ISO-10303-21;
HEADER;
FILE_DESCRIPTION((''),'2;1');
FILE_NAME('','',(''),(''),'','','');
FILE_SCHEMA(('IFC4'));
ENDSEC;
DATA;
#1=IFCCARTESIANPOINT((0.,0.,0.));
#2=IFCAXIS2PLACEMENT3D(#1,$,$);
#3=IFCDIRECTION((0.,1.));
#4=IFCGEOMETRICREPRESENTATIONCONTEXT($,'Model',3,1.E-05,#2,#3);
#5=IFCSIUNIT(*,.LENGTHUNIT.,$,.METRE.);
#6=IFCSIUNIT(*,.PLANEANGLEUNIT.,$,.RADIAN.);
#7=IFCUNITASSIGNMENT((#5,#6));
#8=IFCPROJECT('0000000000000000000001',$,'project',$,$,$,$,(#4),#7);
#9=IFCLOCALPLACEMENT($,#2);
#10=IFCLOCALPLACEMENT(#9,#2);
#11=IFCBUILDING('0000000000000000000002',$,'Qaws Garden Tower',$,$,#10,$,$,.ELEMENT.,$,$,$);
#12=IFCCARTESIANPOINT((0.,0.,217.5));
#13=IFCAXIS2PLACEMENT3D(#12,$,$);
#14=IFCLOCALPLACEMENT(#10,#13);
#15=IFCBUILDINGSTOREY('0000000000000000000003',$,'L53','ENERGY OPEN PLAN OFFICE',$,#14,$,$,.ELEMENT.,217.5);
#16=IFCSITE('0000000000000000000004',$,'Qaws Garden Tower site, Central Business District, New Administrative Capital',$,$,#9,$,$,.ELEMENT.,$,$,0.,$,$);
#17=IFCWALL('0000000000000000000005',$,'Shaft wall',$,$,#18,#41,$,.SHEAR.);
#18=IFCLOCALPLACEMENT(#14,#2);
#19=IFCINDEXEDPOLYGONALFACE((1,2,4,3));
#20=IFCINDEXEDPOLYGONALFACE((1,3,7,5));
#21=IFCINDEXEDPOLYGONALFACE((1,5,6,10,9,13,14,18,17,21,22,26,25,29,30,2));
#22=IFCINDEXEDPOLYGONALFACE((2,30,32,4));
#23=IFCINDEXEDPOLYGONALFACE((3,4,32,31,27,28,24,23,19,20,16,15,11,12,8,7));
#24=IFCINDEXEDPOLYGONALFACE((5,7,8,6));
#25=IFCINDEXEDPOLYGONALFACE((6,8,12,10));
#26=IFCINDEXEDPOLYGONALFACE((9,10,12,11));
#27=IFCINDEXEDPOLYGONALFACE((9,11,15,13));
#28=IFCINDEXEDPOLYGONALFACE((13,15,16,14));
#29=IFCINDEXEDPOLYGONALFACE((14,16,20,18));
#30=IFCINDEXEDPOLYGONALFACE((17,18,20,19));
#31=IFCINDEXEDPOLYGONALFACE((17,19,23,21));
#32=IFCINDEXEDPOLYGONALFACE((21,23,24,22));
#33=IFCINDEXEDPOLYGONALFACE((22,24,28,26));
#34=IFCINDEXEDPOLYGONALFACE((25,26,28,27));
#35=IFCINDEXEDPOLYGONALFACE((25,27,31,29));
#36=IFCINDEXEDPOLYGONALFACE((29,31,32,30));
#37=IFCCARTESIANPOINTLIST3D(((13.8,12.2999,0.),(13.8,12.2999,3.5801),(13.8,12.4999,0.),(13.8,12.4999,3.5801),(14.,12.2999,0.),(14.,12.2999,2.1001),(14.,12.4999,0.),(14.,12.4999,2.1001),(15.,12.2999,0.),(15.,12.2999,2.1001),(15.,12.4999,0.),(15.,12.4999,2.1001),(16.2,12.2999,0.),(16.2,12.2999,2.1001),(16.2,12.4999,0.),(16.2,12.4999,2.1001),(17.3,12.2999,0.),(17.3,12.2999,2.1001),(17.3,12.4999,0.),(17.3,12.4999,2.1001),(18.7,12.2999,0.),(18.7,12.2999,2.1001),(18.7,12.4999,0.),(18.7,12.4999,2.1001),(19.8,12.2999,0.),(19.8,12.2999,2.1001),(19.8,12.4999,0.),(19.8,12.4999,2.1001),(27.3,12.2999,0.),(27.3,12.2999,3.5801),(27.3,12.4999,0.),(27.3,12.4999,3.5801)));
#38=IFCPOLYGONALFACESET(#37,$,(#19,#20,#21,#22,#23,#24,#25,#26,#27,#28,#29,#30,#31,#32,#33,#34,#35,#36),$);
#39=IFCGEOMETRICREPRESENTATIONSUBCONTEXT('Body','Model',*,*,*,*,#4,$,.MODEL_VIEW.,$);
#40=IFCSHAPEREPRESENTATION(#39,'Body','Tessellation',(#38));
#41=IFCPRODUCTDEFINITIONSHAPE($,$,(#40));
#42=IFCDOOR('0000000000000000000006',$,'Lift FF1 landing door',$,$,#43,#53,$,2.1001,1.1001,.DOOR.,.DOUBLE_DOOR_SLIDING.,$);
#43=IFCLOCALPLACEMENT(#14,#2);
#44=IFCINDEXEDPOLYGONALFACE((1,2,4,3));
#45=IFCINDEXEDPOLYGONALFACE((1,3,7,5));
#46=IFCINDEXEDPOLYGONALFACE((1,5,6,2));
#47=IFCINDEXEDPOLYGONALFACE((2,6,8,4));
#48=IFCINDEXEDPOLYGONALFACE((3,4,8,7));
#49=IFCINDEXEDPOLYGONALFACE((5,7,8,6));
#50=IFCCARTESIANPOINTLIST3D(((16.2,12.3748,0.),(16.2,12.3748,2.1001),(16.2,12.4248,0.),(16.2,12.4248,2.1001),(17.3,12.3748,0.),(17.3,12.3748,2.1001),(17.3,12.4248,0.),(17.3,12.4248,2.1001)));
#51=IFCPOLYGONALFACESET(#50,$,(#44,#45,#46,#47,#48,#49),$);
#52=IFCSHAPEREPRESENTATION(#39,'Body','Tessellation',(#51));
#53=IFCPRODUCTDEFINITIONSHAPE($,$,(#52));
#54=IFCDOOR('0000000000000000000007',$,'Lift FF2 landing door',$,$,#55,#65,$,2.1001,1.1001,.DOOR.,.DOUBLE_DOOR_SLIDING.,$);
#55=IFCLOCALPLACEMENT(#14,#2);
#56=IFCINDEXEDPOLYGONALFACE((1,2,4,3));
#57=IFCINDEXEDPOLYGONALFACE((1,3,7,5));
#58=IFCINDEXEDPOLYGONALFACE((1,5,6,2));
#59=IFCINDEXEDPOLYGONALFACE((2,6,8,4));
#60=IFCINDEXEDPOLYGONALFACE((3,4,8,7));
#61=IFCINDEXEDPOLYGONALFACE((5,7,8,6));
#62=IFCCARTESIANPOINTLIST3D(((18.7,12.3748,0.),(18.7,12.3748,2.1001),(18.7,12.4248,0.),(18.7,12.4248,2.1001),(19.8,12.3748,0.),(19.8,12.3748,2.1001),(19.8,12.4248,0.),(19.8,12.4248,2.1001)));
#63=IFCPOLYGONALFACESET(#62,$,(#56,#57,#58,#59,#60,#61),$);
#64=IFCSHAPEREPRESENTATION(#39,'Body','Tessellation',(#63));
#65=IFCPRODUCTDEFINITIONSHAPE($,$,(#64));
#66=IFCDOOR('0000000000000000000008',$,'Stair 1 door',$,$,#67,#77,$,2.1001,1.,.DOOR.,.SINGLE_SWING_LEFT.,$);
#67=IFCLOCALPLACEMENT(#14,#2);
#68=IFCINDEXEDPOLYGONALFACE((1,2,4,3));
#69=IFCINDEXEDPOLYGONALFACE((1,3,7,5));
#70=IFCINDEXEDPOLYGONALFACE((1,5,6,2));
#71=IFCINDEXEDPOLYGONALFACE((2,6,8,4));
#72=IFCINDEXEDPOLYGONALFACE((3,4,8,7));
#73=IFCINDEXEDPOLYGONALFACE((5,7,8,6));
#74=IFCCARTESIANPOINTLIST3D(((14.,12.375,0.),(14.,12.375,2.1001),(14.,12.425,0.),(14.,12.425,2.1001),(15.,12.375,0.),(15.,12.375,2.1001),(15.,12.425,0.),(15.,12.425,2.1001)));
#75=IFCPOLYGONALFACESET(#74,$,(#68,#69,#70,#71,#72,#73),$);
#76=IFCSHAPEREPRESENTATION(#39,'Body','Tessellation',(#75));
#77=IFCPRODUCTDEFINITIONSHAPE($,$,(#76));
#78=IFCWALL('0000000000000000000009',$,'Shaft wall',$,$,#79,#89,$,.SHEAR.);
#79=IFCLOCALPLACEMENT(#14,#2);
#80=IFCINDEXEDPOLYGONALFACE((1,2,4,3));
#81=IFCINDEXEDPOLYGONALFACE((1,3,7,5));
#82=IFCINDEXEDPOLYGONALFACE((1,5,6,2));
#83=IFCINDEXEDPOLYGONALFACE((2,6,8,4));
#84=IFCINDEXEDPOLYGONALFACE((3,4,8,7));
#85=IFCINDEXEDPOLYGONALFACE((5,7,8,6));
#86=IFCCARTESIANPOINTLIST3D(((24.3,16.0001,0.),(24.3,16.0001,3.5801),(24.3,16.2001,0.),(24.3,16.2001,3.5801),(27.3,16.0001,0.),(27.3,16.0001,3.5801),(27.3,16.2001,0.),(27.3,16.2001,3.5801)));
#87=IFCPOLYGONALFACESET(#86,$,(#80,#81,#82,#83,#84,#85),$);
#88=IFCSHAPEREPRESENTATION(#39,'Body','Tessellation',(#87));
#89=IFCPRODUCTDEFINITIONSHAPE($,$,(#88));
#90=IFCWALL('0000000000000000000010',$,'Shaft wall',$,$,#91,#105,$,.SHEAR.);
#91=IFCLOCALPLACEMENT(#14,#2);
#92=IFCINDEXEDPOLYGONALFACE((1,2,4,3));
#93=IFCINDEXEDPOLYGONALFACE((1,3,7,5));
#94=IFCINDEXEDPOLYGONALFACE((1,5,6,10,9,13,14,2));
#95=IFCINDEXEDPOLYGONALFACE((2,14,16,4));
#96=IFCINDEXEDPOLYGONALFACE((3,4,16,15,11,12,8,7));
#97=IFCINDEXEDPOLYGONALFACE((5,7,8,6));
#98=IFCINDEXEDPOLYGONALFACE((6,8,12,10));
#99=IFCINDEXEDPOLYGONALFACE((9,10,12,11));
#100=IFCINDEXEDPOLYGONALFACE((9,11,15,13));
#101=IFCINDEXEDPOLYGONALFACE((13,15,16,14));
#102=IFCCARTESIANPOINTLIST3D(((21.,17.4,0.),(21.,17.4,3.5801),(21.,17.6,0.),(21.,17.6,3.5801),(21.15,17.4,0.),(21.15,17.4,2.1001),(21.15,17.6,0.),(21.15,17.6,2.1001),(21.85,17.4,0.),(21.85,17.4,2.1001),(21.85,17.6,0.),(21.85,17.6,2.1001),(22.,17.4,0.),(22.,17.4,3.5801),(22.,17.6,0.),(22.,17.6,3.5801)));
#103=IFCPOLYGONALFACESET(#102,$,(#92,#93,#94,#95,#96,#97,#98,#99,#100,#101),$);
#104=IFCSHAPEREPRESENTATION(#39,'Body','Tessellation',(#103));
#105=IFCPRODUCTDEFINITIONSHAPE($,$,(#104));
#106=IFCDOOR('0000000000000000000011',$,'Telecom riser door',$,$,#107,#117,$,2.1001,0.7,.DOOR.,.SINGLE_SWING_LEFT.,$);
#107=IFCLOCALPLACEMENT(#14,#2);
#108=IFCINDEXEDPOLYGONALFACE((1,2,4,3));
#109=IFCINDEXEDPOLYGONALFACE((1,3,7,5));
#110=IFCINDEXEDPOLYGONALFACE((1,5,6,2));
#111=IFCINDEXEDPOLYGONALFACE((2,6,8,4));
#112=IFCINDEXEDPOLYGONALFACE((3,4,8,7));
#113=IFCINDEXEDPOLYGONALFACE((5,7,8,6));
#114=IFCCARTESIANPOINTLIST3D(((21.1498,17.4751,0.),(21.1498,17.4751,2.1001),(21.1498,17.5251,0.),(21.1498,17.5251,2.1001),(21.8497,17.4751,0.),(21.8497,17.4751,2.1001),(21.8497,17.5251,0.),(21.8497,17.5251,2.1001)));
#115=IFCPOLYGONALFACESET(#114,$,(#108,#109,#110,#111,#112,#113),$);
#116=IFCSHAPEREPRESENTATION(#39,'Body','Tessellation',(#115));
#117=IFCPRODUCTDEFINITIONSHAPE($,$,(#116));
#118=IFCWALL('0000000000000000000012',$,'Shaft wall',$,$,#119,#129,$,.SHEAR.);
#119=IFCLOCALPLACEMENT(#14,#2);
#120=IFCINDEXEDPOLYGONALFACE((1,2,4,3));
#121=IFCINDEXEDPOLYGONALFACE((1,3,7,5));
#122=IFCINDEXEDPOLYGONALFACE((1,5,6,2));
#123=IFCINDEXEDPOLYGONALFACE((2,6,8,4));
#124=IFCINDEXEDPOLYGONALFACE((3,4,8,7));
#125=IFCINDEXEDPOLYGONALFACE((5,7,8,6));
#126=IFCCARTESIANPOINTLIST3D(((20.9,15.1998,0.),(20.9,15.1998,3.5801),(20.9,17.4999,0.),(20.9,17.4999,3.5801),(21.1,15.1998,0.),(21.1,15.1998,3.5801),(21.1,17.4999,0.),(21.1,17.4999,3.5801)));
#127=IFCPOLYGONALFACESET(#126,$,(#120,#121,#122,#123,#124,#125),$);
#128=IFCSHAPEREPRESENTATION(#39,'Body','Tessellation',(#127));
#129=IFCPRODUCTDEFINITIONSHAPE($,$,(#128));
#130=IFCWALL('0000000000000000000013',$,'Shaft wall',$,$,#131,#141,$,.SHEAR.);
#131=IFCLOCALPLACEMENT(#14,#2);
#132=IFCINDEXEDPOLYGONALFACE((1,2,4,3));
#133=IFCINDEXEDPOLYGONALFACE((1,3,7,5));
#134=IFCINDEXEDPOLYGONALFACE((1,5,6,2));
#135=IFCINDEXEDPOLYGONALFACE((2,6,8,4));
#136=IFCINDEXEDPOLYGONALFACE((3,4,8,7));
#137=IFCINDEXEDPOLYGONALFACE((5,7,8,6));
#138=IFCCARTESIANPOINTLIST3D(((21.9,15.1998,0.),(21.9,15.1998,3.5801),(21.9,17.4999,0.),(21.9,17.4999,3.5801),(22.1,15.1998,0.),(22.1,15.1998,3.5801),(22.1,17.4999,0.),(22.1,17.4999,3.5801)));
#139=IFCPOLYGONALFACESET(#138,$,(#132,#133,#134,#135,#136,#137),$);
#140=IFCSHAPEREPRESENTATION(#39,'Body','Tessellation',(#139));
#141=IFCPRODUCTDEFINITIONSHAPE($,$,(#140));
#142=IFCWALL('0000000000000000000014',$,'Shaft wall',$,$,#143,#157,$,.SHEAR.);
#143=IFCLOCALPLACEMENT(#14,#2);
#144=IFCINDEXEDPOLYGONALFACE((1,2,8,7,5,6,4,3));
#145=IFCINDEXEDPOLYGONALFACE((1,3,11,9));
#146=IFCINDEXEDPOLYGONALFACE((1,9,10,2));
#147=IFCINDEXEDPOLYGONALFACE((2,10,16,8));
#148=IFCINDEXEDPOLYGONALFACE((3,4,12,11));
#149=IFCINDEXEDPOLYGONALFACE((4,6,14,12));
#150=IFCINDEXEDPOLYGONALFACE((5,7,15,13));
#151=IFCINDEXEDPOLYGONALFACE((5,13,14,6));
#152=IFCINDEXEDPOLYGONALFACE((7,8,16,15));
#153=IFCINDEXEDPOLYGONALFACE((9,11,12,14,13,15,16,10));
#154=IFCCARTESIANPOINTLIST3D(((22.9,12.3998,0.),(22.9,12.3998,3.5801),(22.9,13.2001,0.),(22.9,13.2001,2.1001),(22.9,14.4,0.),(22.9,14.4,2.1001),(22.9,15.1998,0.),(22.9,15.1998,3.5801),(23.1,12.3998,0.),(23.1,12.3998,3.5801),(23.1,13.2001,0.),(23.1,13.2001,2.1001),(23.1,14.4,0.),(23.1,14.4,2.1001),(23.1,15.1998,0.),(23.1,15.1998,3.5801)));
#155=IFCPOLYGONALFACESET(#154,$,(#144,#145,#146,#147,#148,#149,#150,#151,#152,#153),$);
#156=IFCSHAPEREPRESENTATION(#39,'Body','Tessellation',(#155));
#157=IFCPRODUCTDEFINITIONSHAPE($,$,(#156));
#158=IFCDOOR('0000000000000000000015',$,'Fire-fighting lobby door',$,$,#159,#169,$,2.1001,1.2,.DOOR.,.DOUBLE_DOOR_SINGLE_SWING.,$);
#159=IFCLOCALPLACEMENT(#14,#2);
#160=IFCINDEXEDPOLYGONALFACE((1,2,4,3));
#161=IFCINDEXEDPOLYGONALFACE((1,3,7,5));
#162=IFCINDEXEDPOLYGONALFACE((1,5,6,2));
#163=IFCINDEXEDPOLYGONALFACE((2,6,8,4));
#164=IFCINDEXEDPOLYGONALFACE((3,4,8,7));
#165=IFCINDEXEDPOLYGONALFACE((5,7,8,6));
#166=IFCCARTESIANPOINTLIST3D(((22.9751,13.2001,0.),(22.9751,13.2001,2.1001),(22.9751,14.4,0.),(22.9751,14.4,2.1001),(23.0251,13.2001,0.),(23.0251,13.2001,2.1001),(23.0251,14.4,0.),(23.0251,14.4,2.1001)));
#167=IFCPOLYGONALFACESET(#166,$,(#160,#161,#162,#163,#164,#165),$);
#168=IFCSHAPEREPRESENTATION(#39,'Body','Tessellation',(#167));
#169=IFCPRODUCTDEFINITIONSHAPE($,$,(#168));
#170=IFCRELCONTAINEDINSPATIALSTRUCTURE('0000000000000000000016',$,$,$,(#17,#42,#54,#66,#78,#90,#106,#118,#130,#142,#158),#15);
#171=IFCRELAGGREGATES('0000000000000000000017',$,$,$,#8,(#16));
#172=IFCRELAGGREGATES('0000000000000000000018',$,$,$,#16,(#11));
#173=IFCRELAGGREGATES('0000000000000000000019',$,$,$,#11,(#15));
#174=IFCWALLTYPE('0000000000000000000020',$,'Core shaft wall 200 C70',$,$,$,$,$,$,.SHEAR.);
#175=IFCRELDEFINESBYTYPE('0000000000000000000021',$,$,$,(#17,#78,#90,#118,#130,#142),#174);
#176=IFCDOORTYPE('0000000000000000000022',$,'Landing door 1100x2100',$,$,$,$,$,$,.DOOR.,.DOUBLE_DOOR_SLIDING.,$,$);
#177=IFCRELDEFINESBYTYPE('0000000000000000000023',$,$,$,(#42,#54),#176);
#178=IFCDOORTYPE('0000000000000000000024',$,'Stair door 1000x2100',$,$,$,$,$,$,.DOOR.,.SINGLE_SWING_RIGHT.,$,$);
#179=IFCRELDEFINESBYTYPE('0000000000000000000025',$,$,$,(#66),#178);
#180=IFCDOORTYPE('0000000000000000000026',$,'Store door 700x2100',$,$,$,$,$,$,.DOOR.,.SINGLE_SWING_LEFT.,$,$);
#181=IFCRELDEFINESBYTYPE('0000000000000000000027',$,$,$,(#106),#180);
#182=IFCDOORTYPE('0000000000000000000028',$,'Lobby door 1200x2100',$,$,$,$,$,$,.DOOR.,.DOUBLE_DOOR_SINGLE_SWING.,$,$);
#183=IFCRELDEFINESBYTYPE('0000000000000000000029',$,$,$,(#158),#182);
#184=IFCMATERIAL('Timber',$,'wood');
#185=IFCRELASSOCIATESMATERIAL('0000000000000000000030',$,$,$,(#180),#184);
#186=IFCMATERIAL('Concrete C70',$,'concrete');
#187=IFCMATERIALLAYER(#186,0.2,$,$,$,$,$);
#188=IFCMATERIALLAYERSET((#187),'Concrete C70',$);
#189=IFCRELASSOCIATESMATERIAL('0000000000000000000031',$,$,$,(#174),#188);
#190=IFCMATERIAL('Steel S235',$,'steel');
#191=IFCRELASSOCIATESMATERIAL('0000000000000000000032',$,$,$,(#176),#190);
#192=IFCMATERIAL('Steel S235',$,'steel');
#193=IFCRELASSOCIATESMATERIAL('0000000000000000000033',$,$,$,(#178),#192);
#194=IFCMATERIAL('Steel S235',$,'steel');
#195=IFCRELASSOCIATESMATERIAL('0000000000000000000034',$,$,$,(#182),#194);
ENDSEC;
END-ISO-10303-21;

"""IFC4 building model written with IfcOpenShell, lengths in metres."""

from ifc_helpers import new_model, si_unit, direction, frame, frame_2d, origin, place, context, subcontext, project, spatial, rectangle, extrude, material, layer, layer_set, type_object, element, fill, save


model = new_model("IFC4")

# Units and contexts
model_context = context("Model", 3, precision=1e-05, world=origin(), true_north=direction((0.0, 1.0)))
body_context = subcontext(model_context, "Body", "Model", "MODEL_VIEW")
ifc_project = project(units=[si_unit("LENGTHUNIT", "METRE"), si_unit("PLANEANGLEUNIT", "RADIAN")], contexts=[model_context])

# Site, building, storey
site_placement = place(None, origin())
site = spatial("IfcSite", under=ifc_project, at=site_placement, Name="Qaws Garden Tower site, Central Business District, New Administrative Capital", CompositionType="ELEMENT", RefElevation=0.0)
building_placement = place(site_placement, origin())
building = spatial("IfcBuilding", under=site, at=building_placement, Name="Qaws Garden Tower", CompositionType="ELEMENT")
storey_placement = place(building_placement, frame((0.0, 0.0, 217.5)))
storey = spatial("IfcBuildingStorey", under=building, at=storey_placement, Name="L53", Description="ENERGY OPEN PLAN OFFICE", CompositionType="ELEMENT", Elevation=217.5)

# Shared definitions
ifc_material_1 = material(Name="Timber", Category="wood")
door_type_1 = type_object("IfcDoorType", Name="Store door 700x2100", OperationType="SINGLE_SWING_LEFT", PredefinedType="DOOR", material=ifc_material_1)

# Wall, openings, doors
ifc_material_2 = material(Name="Concrete C70", Category="concrete")
ifc_layer_1 = layer(ifc_material_2, 0.2)
ifc_layer_set_1 = layer_set([ifc_layer_1], Name="Concrete C70")
wall_type_1 = type_object("IfcWallType", Name="Core shaft wall 200 C70", PredefinedType="SHEAR", material=ifc_layer_set_1)
wall_1_placement = place(storey_placement, frame((13.8, 12.3999, 0.0), z_axis=(0.0, 0.0, 1.0), x_axis=(1.0, 0.0, 0.0)))
wall_1 = element("IfcWall", 1, at=wall_1_placement, inside=storey, type_object=wall_type_1, Name="Shaft wall", PredefinedType="SHEAR", context=body_context, shape_type="SweptSolid", body=[
    extrude(rectangle(XDim=13.5, YDim=0.2, at=frame_2d((6.75, 0.0))), origin(), (0.0, 0.0, 1.0), 3.5801),
])
opening_1_placement = place(wall_1_placement, frame((2.3999, 0.0, 0.0)))
opening_1 = element("IfcOpeningElement", 2, at=opening_1_placement, cuts=wall_1, PredefinedType="OPENING", context=body_context, shape_type="SweptSolid", body=[
    extrude(rectangle(XDim=1.1001, YDim=2.1001, at=frame_2d((0.55, 1.05))), frame((0.0, 0.1099, 0.0), z_axis=(0.0, -1.0, 0.0), x_axis=(1.0, 0.0, 0.0)), (0.0, 0.0, 1.0), 0.22),
])
opening_2_placement = place(wall_1_placement, frame((4.8999, 0.0, 0.0)))
opening_2 = element("IfcOpeningElement", 3, at=opening_2_placement, cuts=wall_1, PredefinedType="OPENING", context=body_context, shape_type="SweptSolid", body=[
    extrude(rectangle(XDim=1.1001, YDim=2.1001, at=frame_2d((0.55, 1.05))), frame((0.0, 0.1099, 0.0), z_axis=(0.0, -1.0, 0.0), x_axis=(1.0, 0.0, 0.0)), (0.0, 0.0, 1.0), 0.22),
])
opening_3_placement = place(wall_1_placement, frame((0.2, 0.0, 0.0)))
opening_3 = element("IfcOpeningElement", 4, at=opening_3_placement, cuts=wall_1, PredefinedType="OPENING", context=body_context, shape_type="SweptSolid", body=[
    extrude(rectangle(XDim=1.0, YDim=2.1001, at=frame_2d((0.5, 1.05))), frame((0.0, 0.1099, 0.0), z_axis=(0.0, -1.0, 0.0), x_axis=(1.0, 0.0, 0.0)), (0.0, 0.0, 1.0), 0.22),
])
ifc_material_3 = material(Name="Steel S235", Category="steel")
door_type_2 = type_object("IfcDoorType", Name="Landing door 1100x2100", OperationType="DOUBLE_DOOR_SLIDING", PredefinedType="DOOR", material=ifc_material_3)
door_1_placement = place(opening_1_placement, origin())
door_1 = element("IfcDoor", 5, at=door_1_placement, inside=storey, type_object=door_type_2, Name="Lift FF1 landing door", OperationType="DOUBLE_DOOR_SLIDING", OverallHeight=2.1001, OverallWidth=1.1001, PredefinedType="DOOR", context=body_context, shape_type="SweptSolid", body=[
    extrude(rectangle(XDim=1.1001, YDim=2.1001, at=frame_2d((0.55, 1.05))), frame((0.0, 0.0249, 0.0), z_axis=(0.0, -1.0, 0.0), x_axis=(1.0, 0.0, 0.0)), (0.0, 0.0, 1.0), 0.05),
])
fill(opening_1, door_1)
door_2_placement = place(opening_2_placement, origin())
door_2 = element("IfcDoor", 6, at=door_2_placement, inside=storey, type_object=door_type_2, Name="Lift FF2 landing door", OperationType="DOUBLE_DOOR_SLIDING", OverallHeight=2.1001, OverallWidth=1.1001, PredefinedType="DOOR", context=body_context, shape_type="SweptSolid", body=[
    extrude(rectangle(XDim=1.1001, YDim=2.1001, at=frame_2d((0.55, 1.05))), frame((0.0, 0.0249, 0.0), z_axis=(0.0, -1.0, 0.0), x_axis=(1.0, 0.0, 0.0)), (0.0, 0.0, 1.0), 0.05),
])
fill(opening_2, door_2)
ifc_material_4 = material(Name="Steel S235", Category="steel")
door_type_3 = type_object("IfcDoorType", Name="Stair door 1000x2100", OperationType="SINGLE_SWING_RIGHT", PredefinedType="DOOR", material=ifc_material_4)
door_3_placement = place(opening_3_placement, frame((1.0, 0.0, 0.0), z_axis=(0.0, 0.0, 1.0), x_axis=(-1.0, 0.0, 0.0)))
door_3 = element("IfcDoor", 7, at=door_3_placement, inside=storey, type_object=door_type_3, Name="Stair 1 door", OperationType="SINGLE_SWING_LEFT", OverallHeight=2.1001, OverallWidth=1.0, PredefinedType="DOOR", context=body_context, shape_type="SweptSolid", body=[
    extrude(rectangle(XDim=1.0, YDim=2.1001, at=frame_2d((0.5, 1.05))), frame((0.0, 0.0249, 0.0), z_axis=(0.0, -1.0, 0.0), x_axis=(1.0, 0.0, 0.0)), (0.0, 0.0, 1.0), 0.05),
])
fill(opening_3, door_3)

# Wall
wall_2_placement = place(storey_placement, frame((24.3, 16.1001, 0.0), z_axis=(0.0, 0.0, 1.0), x_axis=(1.0, 0.0, 0.0)))
element("IfcWall", 8, at=wall_2_placement, inside=storey, type_object=wall_type_1, Name="Shaft wall", PredefinedType="SHEAR", context=body_context, shape_type="SweptSolid", body=[
    extrude(rectangle(XDim=3.0, YDim=0.2, at=frame_2d((1.5, 0.0))), origin(), (0.0, 0.0, 1.0), 3.5801),
])

# Wall, opening, door
wall_3_placement = place(storey_placement, frame((21.0, 17.5, 0.0), z_axis=(0.0, 0.0, 1.0), x_axis=(1.0, 0.0, 0.0)))
wall_3 = element("IfcWall", 9, at=wall_3_placement, inside=storey, type_object=wall_type_1, Name="Shaft wall", PredefinedType="SHEAR", context=body_context, shape_type="SweptSolid", body=[
    extrude(rectangle(XDim=1.0, YDim=0.2, at=frame_2d((0.5, 0.0))), origin(), (0.0, 0.0, 1.0), 3.5801),
])
opening_4_placement = place(wall_3_placement, frame((0.1499, 0.0, 0.0)))
opening_4 = element("IfcOpeningElement", 10, at=opening_4_placement, cuts=wall_3, PredefinedType="OPENING", context=body_context, shape_type="SweptSolid", body=[
    extrude(rectangle(XDim=0.7, YDim=2.1001, at=frame_2d((0.3501, 1.05))), frame((0.0, 0.1099, 0.0), z_axis=(0.0, -1.0, 0.0), x_axis=(1.0, 0.0, 0.0)), (0.0, 0.0, 1.0), 0.22),
])
door_4_placement = place(opening_4_placement, frame((0.7, 0.0, 0.0), z_axis=(0.0, 0.0, 1.0), x_axis=(-1.0, 0.0, 0.0)))
door_4 = element("IfcDoor", 11, at=door_4_placement, inside=storey, type_object=door_type_1, Name="Telecom riser door", OperationType="SINGLE_SWING_LEFT", OverallHeight=2.1001, OverallWidth=0.7, PredefinedType="DOOR", context=body_context, shape_type="SweptSolid", body=[
    extrude(rectangle(XDim=0.7, YDim=2.1001, at=frame_2d((0.3501, 1.05))), frame((0.0, 0.0249, 0.0), z_axis=(0.0, -1.0, 0.0), x_axis=(1.0, 0.0, 0.0)), (0.0, 0.0, 1.0), 0.05),
])
fill(opening_4, door_4)

# Walls
for number, where, z_axis, x_axis, name in (
    (12, (21.0, 15.2, 0.0), (0.0, 0.0, 1.0), (0.0, 1.0, 0.0), "Shaft wall"),
    (13, (22.0, 15.2, 0.0), (0.0, 0.0, 1.0), (0.0, 1.0, 0.0), "Shaft wall"),
):
    element("IfcWall", number, at=place(storey_placement, frame(where, z_axis=z_axis, x_axis=x_axis)), inside=storey, type_object=wall_type_1, Name=name, PredefinedType="SHEAR", context=body_context, shape_type="SweptSolid", body=[
        extrude(rectangle(XDim=2.3, YDim=0.2, at=frame_2d((1.1499, 0.0))), origin(), (0.0, 0.0, 1.0), 3.5801),
    ])

# Wall, opening, door
wall_4_placement = place(storey_placement, frame((23.0, 12.3999, 0.0), z_axis=(0.0, 0.0, 1.0), x_axis=(0.0, 1.0, 0.0)))
wall_4 = element("IfcWall", 14, at=wall_4_placement, inside=storey, type_object=wall_type_1, Name="Shaft wall", PredefinedType="SHEAR", context=body_context, shape_type="SweptSolid", body=[
    extrude(rectangle(XDim=2.8, YDim=0.2, at=frame_2d((1.3999, 0.0))), origin(), (0.0, 0.0, 1.0), 3.5801),
])
opening_5_placement = place(wall_4_placement, frame((0.8, 0.0, 0.0)))
opening_5 = element("IfcOpeningElement", 15, at=opening_5_placement, cuts=wall_4, PredefinedType="OPENING", context=body_context, shape_type="SweptSolid", body=[
    extrude(rectangle(XDim=1.2, YDim=2.1001, at=frame_2d((0.6001, 1.05))), frame((0.0, 0.1099, 0.0), z_axis=(0.0, -1.0, 0.0), x_axis=(1.0, 0.0, 0.0)), (0.0, 0.0, 1.0), 0.22),
])
ifc_material_5 = material(Name="Steel S235", Category="steel")
door_type_4 = type_object("IfcDoorType", Name="Lobby door 1200x2100", OperationType="DOUBLE_DOOR_SINGLE_SWING", PredefinedType="DOOR", material=ifc_material_5)
door_5_placement = place(opening_5_placement, origin())
door_5 = element("IfcDoor", 16, at=door_5_placement, inside=storey, type_object=door_type_4, Name="Fire-fighting lobby door", OperationType="DOUBLE_DOOR_SINGLE_SWING", OverallHeight=2.1001, OverallWidth=1.2, PredefinedType="DOOR", context=body_context, shape_type="SweptSolid", body=[
    extrude(rectangle(XDim=1.2, YDim=2.1001, at=frame_2d((0.6001, 1.05))), frame((0.0, 0.0249, 0.0), z_axis=(0.0, -1.0, 0.0), x_axis=(1.0, 0.0, 0.0)), (0.0, 0.0, 1.0), 0.05),
])
fill(opening_5, door_5)

save(model, "model.ifc")
